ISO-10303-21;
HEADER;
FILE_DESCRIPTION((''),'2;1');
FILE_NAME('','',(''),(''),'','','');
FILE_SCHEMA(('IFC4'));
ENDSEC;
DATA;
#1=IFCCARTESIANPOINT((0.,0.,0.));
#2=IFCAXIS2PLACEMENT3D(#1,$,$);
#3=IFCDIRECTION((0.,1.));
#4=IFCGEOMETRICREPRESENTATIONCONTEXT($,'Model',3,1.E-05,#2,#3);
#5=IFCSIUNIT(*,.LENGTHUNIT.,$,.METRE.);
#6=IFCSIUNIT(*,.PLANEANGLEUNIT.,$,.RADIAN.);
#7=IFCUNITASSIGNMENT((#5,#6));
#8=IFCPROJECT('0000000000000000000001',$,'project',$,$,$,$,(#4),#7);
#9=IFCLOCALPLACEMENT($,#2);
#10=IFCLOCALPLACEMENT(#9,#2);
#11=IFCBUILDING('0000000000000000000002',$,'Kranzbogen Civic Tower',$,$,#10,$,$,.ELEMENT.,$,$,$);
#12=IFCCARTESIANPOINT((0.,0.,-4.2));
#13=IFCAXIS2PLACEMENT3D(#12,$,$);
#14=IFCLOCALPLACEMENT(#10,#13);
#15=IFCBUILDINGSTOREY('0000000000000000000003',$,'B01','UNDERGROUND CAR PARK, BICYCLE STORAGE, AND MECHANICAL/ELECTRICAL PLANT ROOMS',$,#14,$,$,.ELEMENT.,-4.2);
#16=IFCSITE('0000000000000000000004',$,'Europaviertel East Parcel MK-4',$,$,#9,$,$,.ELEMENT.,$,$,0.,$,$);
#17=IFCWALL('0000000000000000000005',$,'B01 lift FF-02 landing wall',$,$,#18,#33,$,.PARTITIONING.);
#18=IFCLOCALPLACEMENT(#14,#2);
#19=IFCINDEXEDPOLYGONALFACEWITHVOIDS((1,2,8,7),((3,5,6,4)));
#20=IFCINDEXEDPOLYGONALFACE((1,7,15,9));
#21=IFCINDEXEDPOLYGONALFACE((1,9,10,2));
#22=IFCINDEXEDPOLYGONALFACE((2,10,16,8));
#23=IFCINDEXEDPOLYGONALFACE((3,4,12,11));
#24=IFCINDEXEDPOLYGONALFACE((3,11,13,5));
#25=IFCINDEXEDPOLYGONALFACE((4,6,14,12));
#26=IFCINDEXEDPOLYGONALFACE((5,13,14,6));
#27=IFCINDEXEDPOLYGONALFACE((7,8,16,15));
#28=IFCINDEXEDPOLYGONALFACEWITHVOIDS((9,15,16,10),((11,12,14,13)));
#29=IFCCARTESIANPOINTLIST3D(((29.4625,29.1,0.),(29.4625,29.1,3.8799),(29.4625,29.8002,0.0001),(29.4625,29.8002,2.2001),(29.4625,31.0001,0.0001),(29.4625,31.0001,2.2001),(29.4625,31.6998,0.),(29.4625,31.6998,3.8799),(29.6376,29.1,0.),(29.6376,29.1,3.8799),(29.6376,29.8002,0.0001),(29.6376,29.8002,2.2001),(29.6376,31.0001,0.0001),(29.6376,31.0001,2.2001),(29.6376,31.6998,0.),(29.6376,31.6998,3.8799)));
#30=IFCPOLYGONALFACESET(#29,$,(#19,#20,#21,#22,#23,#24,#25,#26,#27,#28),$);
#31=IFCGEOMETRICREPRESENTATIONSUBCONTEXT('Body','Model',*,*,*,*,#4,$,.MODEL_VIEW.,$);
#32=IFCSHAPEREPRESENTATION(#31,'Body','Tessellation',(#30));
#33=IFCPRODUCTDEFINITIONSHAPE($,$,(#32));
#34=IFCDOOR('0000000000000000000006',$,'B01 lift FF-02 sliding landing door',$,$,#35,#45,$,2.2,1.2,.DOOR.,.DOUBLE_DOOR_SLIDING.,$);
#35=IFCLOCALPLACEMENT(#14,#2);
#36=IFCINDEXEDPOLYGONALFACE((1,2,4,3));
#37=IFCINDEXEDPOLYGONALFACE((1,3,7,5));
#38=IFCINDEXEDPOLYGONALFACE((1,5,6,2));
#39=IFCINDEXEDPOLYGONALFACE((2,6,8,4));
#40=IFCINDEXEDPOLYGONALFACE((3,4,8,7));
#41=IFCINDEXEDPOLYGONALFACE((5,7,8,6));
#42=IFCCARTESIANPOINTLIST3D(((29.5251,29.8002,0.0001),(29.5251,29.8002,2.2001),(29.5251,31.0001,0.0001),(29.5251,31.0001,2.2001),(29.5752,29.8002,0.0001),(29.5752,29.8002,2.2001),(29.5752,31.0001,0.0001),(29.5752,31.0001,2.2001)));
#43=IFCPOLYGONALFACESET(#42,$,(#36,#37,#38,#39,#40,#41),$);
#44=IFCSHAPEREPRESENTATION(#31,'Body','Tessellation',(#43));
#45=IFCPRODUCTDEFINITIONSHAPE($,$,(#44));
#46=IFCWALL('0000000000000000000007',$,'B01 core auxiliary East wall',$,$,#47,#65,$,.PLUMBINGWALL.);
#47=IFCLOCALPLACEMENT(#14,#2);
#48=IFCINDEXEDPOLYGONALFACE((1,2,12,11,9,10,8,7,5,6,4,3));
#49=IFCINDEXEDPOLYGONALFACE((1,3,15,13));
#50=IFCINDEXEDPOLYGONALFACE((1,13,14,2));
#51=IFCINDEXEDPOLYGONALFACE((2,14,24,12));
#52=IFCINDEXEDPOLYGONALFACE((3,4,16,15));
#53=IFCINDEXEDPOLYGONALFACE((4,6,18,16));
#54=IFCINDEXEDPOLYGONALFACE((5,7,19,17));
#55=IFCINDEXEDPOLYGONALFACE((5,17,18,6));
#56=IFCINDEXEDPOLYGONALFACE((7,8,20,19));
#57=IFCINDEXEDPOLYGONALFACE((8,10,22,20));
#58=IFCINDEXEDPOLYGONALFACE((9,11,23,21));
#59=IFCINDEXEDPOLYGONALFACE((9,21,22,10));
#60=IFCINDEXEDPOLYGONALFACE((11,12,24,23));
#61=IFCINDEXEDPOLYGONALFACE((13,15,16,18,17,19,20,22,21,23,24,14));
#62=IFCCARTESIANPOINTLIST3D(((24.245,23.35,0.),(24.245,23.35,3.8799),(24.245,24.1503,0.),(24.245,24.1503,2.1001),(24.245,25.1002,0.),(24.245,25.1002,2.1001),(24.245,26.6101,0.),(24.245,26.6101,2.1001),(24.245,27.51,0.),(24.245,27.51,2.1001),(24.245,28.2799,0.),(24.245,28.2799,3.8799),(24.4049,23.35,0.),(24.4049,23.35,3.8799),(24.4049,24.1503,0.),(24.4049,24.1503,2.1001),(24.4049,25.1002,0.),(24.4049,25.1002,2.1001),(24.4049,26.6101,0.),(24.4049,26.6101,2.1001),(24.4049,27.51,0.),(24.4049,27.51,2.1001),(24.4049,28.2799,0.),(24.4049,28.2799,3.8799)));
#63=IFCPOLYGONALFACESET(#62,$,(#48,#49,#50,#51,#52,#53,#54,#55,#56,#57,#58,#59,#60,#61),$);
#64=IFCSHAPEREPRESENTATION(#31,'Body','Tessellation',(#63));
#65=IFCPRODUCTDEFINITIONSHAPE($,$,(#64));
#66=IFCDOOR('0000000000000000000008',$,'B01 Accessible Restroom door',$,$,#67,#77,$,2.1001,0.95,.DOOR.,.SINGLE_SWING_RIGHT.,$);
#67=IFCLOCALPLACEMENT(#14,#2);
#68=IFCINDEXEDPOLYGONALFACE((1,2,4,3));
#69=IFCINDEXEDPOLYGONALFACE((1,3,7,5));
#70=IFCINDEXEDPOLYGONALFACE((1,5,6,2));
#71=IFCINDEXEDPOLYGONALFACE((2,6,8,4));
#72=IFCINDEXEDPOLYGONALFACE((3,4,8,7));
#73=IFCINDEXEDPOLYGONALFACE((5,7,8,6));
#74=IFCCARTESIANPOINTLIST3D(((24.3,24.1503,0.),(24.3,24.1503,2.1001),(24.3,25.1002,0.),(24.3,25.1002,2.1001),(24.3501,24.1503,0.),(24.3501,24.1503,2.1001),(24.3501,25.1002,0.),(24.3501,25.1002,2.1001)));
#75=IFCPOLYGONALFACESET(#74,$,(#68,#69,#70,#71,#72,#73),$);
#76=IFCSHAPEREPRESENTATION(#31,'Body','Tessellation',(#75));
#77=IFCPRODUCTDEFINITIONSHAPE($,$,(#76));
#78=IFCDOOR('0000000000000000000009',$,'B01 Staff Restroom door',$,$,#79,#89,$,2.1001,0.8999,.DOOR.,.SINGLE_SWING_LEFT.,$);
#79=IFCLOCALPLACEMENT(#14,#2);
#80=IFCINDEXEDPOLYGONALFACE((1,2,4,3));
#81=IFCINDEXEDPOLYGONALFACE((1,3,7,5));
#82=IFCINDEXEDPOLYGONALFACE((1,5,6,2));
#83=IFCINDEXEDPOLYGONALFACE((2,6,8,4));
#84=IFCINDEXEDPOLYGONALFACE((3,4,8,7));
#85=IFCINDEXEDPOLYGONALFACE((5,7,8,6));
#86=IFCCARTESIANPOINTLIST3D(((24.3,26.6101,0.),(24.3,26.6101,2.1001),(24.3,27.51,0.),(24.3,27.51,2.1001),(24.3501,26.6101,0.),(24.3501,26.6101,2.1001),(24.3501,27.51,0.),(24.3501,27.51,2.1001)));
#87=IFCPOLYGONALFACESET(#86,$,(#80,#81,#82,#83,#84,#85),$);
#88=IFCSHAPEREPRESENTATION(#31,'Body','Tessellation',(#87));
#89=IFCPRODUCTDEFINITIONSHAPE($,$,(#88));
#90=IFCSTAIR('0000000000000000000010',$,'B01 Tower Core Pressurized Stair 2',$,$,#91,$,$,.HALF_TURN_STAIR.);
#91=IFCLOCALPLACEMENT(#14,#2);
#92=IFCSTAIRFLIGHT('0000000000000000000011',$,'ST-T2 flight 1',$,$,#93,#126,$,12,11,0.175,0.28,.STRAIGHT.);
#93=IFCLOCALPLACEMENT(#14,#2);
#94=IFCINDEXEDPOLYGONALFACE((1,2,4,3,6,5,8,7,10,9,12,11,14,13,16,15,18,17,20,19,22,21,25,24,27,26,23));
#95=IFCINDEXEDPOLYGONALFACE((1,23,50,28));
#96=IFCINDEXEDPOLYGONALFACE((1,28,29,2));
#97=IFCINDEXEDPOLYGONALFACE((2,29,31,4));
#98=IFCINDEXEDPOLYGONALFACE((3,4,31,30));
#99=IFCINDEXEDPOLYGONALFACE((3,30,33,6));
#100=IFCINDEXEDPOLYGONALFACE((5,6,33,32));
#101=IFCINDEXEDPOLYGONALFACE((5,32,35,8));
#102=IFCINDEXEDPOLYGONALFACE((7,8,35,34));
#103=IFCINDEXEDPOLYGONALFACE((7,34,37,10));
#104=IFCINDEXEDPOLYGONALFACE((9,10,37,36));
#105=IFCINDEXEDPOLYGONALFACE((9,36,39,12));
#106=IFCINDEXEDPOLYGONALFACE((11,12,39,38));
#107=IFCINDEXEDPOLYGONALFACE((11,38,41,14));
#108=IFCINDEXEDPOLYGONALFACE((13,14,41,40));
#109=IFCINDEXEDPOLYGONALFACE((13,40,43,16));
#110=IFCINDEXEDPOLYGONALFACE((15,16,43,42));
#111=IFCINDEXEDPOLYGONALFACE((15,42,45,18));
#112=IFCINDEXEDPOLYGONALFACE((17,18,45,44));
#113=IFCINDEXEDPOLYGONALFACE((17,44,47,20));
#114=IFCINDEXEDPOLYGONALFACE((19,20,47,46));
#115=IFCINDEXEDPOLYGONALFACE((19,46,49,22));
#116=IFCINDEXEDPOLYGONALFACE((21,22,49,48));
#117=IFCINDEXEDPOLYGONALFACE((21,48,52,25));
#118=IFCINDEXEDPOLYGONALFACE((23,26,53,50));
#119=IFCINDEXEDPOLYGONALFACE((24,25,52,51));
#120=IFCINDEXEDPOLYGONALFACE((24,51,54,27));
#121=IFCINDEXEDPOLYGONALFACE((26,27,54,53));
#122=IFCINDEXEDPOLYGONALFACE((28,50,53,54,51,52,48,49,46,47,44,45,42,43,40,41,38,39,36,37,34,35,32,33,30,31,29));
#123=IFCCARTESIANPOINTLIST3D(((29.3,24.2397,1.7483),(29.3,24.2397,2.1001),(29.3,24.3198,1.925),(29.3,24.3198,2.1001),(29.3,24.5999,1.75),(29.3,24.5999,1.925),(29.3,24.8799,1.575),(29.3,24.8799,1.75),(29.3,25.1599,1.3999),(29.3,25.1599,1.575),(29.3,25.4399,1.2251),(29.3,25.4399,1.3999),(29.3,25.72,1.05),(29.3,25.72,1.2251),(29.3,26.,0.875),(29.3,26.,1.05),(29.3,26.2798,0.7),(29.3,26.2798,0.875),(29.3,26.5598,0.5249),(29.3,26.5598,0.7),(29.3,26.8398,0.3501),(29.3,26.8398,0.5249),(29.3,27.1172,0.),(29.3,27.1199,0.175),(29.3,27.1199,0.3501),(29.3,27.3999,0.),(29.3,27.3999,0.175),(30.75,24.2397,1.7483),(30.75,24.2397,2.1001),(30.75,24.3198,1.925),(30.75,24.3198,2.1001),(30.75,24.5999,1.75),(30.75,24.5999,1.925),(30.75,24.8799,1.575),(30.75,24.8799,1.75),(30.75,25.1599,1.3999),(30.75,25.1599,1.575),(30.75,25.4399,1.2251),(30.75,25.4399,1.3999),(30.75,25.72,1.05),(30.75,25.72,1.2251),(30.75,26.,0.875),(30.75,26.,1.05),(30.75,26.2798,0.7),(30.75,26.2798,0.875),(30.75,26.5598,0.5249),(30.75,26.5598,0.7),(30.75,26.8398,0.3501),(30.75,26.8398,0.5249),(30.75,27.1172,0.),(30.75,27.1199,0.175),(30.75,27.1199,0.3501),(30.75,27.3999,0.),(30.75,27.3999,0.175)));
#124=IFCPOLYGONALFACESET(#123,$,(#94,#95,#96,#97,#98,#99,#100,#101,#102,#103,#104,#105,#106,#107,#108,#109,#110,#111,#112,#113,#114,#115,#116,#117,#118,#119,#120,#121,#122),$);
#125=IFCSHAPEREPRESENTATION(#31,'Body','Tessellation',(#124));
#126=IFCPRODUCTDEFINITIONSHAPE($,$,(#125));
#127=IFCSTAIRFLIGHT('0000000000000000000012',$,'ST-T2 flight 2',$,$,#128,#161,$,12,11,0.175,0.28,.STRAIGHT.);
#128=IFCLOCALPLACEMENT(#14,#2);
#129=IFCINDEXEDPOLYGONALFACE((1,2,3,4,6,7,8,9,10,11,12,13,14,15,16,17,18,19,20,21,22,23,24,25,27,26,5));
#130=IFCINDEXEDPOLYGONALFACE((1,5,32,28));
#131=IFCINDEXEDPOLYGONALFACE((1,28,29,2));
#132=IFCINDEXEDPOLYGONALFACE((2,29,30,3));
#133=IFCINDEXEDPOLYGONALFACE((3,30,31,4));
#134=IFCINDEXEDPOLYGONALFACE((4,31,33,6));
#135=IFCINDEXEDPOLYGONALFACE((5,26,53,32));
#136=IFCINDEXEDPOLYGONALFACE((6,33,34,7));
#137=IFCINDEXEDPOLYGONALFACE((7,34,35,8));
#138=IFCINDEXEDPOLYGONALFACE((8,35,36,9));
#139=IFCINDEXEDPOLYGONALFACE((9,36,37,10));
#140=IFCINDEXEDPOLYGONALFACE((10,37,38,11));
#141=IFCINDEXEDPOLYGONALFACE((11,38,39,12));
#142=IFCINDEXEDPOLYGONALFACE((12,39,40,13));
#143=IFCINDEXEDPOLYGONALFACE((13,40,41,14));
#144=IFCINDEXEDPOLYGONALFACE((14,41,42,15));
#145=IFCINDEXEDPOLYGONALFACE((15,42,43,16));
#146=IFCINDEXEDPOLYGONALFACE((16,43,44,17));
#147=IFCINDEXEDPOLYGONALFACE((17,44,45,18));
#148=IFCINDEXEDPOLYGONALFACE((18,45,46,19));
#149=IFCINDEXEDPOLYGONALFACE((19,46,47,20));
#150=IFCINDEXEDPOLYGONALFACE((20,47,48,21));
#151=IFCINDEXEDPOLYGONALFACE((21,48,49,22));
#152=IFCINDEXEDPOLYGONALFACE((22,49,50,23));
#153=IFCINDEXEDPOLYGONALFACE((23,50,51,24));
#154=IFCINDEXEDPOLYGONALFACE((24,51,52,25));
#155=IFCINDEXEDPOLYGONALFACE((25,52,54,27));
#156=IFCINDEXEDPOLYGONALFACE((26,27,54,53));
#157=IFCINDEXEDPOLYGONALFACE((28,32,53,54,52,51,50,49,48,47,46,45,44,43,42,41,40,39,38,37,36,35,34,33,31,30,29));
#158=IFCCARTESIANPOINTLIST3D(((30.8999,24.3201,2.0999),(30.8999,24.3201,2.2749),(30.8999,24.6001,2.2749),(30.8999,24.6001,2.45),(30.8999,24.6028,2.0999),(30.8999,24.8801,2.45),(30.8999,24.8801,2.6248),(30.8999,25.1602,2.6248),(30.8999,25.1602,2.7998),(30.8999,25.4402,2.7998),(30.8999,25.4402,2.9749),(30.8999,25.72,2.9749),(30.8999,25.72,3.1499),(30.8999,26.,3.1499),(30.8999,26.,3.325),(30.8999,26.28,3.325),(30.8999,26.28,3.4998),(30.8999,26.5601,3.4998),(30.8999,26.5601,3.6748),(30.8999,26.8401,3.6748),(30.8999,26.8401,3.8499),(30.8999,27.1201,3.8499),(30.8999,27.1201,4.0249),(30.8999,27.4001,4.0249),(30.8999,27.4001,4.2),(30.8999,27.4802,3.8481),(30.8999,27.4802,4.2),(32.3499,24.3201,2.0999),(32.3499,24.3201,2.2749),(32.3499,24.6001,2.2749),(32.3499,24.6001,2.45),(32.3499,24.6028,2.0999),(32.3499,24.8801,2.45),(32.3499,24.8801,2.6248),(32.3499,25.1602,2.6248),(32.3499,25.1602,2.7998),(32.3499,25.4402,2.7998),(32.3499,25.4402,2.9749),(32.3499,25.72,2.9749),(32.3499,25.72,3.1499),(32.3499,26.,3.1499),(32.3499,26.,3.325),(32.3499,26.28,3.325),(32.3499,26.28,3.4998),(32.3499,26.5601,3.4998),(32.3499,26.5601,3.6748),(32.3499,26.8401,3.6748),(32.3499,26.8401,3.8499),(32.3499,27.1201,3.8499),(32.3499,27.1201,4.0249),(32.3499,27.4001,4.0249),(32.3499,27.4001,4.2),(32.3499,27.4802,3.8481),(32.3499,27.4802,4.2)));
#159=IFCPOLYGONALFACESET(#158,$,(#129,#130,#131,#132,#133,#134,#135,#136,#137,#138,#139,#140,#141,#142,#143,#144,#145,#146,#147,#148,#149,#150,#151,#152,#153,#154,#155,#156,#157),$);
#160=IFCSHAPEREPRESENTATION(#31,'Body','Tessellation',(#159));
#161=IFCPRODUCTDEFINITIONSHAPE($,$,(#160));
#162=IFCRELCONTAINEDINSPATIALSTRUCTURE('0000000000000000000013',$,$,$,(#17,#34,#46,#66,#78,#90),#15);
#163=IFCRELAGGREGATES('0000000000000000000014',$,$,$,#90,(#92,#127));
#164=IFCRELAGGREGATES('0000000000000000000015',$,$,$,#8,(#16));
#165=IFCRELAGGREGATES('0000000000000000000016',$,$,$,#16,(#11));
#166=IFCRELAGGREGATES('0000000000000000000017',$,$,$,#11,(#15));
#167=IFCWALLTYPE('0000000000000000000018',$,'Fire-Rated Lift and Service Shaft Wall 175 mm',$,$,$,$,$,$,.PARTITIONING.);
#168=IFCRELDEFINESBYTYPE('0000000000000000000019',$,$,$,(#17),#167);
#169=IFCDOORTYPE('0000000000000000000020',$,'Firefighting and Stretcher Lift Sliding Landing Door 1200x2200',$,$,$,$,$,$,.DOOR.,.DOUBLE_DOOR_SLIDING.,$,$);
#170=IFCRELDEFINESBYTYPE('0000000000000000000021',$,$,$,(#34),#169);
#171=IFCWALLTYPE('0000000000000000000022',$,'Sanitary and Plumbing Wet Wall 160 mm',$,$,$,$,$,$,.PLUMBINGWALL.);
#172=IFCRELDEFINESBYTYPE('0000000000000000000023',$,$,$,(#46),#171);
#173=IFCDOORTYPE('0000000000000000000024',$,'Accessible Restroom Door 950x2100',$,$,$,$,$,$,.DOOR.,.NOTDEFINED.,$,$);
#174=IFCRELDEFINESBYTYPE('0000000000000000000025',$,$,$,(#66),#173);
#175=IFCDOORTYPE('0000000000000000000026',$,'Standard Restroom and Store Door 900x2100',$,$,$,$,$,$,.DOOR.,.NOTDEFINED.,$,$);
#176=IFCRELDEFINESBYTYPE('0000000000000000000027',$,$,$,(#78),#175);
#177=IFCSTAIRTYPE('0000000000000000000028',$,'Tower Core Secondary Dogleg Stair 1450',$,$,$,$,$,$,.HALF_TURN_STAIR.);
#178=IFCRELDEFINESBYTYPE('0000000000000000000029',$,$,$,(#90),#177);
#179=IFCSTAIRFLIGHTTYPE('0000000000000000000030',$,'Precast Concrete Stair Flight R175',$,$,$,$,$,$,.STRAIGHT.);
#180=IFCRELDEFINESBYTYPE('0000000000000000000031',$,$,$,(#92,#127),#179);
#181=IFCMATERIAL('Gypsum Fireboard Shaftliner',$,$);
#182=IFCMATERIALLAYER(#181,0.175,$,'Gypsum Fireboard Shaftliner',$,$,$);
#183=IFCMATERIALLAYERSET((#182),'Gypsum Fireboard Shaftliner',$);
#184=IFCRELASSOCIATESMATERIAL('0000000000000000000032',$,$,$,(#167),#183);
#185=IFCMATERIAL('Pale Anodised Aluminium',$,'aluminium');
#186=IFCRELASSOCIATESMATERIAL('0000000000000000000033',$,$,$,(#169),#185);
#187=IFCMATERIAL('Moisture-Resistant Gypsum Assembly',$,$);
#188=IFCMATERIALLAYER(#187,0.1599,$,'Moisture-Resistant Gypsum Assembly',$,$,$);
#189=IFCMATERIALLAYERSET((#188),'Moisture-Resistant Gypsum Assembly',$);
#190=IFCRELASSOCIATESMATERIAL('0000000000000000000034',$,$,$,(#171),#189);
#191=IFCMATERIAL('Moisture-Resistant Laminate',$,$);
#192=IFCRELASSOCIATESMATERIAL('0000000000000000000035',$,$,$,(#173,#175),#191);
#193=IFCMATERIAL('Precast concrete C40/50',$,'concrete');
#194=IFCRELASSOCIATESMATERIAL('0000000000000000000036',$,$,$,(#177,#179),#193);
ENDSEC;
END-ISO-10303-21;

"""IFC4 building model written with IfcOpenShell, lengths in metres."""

from ifc_helpers import new_model, si_unit, direction, frame, frame_2d, origin, place, context, subcontext, project, spatial, polyline, rectangle, outline, extrude, material, layer, layer_set, type_object, element, fill, aggregate, save


model = new_model("IFC4")

# Units and contexts
model_context = context("Model", 3, precision=1e-05, world=origin(), true_north=direction((0.0, 1.0)))
body_context = subcontext(model_context, "Body", "Model", "MODEL_VIEW")
ifc_project = project(units=[si_unit("LENGTHUNIT", "METRE"), si_unit("PLANEANGLEUNIT", "RADIAN")], contexts=[model_context])

# Site, building, storey
site_placement = place(None, origin())
site = spatial("IfcSite", under=ifc_project, at=site_placement, Name="Europaviertel East Parcel MK-4", CompositionType="ELEMENT", RefElevation=0.0)
building_placement = place(site_placement, origin())
building = spatial("IfcBuilding", under=site, at=building_placement, Name="Kranzbogen Civic Tower", CompositionType="ELEMENT")
storey_placement = place(building_placement, frame((0.0, 0.0, -4.2)))
storey = spatial("IfcBuildingStorey", under=building, at=storey_placement, Name="B01", Description="UNDERGROUND CAR PARK, BICYCLE STORAGE, AND MECHANICAL/ELECTRICAL PLANT ROOMS", CompositionType="ELEMENT", Elevation=-4.2)

# Wall, opening, door
ifc_material_1 = material(Name="Gypsum Fireboard Shaftliner")
ifc_layer_1 = layer(ifc_material_1, 0.175, Name="Gypsum Fireboard Shaftliner")
ifc_layer_set_1 = layer_set([ifc_layer_1], Name="Gypsum Fireboard Shaftliner")
wall_type_1 = type_object("IfcWallType", Name="Fire-Rated Lift and Service Shaft Wall 175 mm", PredefinedType="PARTITIONING", material=ifc_layer_set_1)
wall_1_placement = place(storey_placement, frame((29.55, 29.1001, 0.0), z_axis=(0.0, 0.0, 1.0), x_axis=(0.0, 1.0, 0.0)))
wall_1 = element("IfcWall", 1, at=wall_1_placement, inside=storey, type_object=wall_type_1, Name="B01 lift FF-02 landing wall", PredefinedType="PARTITIONING", context=body_context, shape_type="SweptSolid", body=[
    extrude(rectangle(XDim=2.5999, YDim=0.175, at=frame_2d((1.2998, 0.0))), origin(), (0.0, 0.0, 1.0), 3.8799),
])
opening_1_placement = place(wall_1_placement, frame((0.7, 0.0, 0.0)))
opening_1 = element("IfcOpeningElement", 2, at=opening_1_placement, cuts=wall_1, PredefinedType="OPENING", context=body_context, shape_type="SweptSolid", body=[
    extrude(rectangle(XDim=1.2, YDim=2.2, at=frame_2d((0.6001, 1.1001))), frame((0.0, 0.0977, 0.0), z_axis=(0.0, -1.0, 0.0), x_axis=(1.0, 0.0, 0.0)), (0.0, 0.0, 1.0), 0.1951),
])
ifc_material_2 = material(Name="Pale Anodised Aluminium", Category="aluminium")
door_type_1 = type_object("IfcDoorType", Name="Firefighting and Stretcher Lift Sliding Landing Door 1200x2200", OperationType="DOUBLE_DOOR_SLIDING", PredefinedType="DOOR", material=ifc_material_2)
door_1_placement = place(opening_1_placement, origin())
door_1 = element("IfcDoor", 3, at=door_1_placement, inside=storey, type_object=door_type_1, Name="B01 lift FF-02 sliding landing door", OperationType="DOUBLE_DOOR_SLIDING", OverallHeight=2.2, OverallWidth=1.2, PredefinedType="DOOR", context=body_context, shape_type="SweptSolid", body=[
    extrude(rectangle(XDim=1.2, YDim=2.2, at=frame_2d((0.6001, 1.1001))), frame((0.0, 0.0249, 0.0), z_axis=(0.0, -1.0, 0.0), x_axis=(1.0, 0.0, 0.0)), (0.0, 0.0, 1.0), 0.05),
])
fill(opening_1, door_1)

# Wall, openings, doors
ifc_material_3 = material(Name="Moisture-Resistant Gypsum Assembly")
ifc_layer_2 = layer(ifc_material_3, 0.1599, Name="Moisture-Resistant Gypsum Assembly")
ifc_layer_set_2 = layer_set([ifc_layer_2], Name="Moisture-Resistant Gypsum Assembly")
wall_type_2 = type_object("IfcWallType", Name="Sanitary and Plumbing Wet Wall 160 mm", PredefinedType="PLUMBINGWALL", material=ifc_layer_set_2)
wall_2_placement = place(storey_placement, frame((24.325, 23.3501, 0.0), z_axis=(0.0, 0.0, 1.0), x_axis=(0.0, 1.0, 0.0)))
wall_2 = element("IfcWall", 4, at=wall_2_placement, inside=storey, type_object=wall_type_2, Name="B01 core auxiliary East wall", PredefinedType="PLUMBINGWALL", context=body_context, shape_type="SweptSolid", body=[
    extrude(rectangle(XDim=4.9299, YDim=0.1599, at=frame_2d((2.4648, 0.0))), origin(), (0.0, 0.0, 1.0), 3.8799),
])
opening_2_placement = place(wall_2_placement, frame((0.8, 0.0, 0.0)))
opening_2 = element("IfcOpeningElement", 5, at=opening_2_placement, cuts=wall_2, PredefinedType="OPENING", context=body_context, shape_type="SweptSolid", body=[
    extrude(rectangle(XDim=0.95, YDim=2.1001, at=frame_2d((0.4751, 1.05))), frame((0.0, 0.0898, 0.0), z_axis=(0.0, -1.0, 0.0), x_axis=(1.0, 0.0, 0.0)), (0.0, 0.0, 1.0), 0.1799),
])
opening_3_placement = place(wall_2_placement, frame((3.26, 0.0, 0.0)))
opening_3 = element("IfcOpeningElement", 6, at=opening_3_placement, cuts=wall_2, PredefinedType="OPENING", context=body_context, shape_type="SweptSolid", body=[
    extrude(rectangle(XDim=0.8999, YDim=2.1001, at=frame_2d((0.45, 1.05))), frame((0.0, 0.0898, 0.0), z_axis=(0.0, -1.0, 0.0), x_axis=(1.0, 0.0, 0.0)), (0.0, 0.0, 1.0), 0.1799),
])
ifc_material_4 = material(Name="Moisture-Resistant Laminate")
door_type_2 = type_object("IfcDoorType", Name="Accessible Restroom Door 950x2100", OperationType="NOTDEFINED", PredefinedType="DOOR", material=ifc_material_4)
door_2_placement = place(opening_2_placement, origin())
door_2 = element("IfcDoor", 7, at=door_2_placement, inside=storey, type_object=door_type_2, Name="B01 Accessible Restroom door", OperationType="SINGLE_SWING_RIGHT", OverallHeight=2.1001, OverallWidth=0.95, PredefinedType="DOOR", context=body_context, shape_type="SweptSolid", body=[
    extrude(rectangle(XDim=0.95, YDim=2.1001, at=frame_2d((0.4751, 1.05))), frame((0.0, 0.0249, 0.0), z_axis=(0.0, -1.0, 0.0), x_axis=(1.0, 0.0, 0.0)), (0.0, 0.0, 1.0), 0.05),
])
fill(opening_2, door_2)
door_type_3 = type_object("IfcDoorType", Name="Standard Restroom and Store Door 900x2100", OperationType="NOTDEFINED", PredefinedType="DOOR", material=ifc_material_4)
door_3_placement = place(opening_3_placement, origin())
door_3 = element("IfcDoor", 8, at=door_3_placement, inside=storey, type_object=door_type_3, Name="B01 Staff Restroom door", OperationType="SINGLE_SWING_LEFT", OverallHeight=2.1001, OverallWidth=0.8999, PredefinedType="DOOR", context=body_context, shape_type="SweptSolid", body=[
    extrude(rectangle(XDim=0.8999, YDim=2.1001, at=frame_2d((0.45, 1.05))), frame((0.0, 0.0249, 0.0), z_axis=(0.0, -1.0, 0.0), x_axis=(1.0, 0.0, 0.0)), (0.0, 0.0, 1.0), 0.05),
])
fill(opening_3, door_3)

# Stair, stair flights
ifc_material_5 = material(Name="Precast concrete C40/50", Category="concrete")
stair_type = type_object("IfcStairType", Name="Tower Core Secondary Dogleg Stair 1450", PredefinedType="HALF_TURN_STAIR", material=ifc_material_5)
stair_placement = place(storey_placement, origin())
stair = element("IfcStair", 9, at=stair_placement, inside=storey, type_object=stair_type, Name="B01 Tower Core Pressurized Stair 2", PredefinedType="HALF_TURN_STAIR")
stair_flight_type = type_object("IfcStairFlightType", Name="Precast Concrete Stair Flight R175", PredefinedType="STRAIGHT", material=ifc_material_5)
stair_flight_1_placement = place(storey_placement, frame((30.0249, 27.3999, 0.0), z_axis=(0.0, 0.0, 1.0), x_axis=(0.0, -1.0, 0.0)))
stair_flight_1 = element("IfcStairFlight", 10, at=stair_flight_1_placement, type_object=stair_flight_type, Name="ST-T2 flight 1", NumberOfRisers=12, NumberOfTreads=11, PredefinedType="STRAIGHT", RiserHeight=0.175, TreadLength=0.28, context=body_context, shape_type="SweptSolid", body=[
    extrude(outline(polyline([(0.0, 0.0), (0.0, 0.175), (0.28, 0.175), (0.28, 0.3501), (0.5601, 0.3501), (0.5601, 0.5249), (0.8401, 0.5249), (0.8401, 0.7), (1.1201, 0.7), (1.1201, 0.875), (1.3999, 0.875), (1.3999, 1.05), (1.6799, 1.05), (1.6799, 1.2251), (1.96, 1.2251), (1.96, 1.3999), (2.24, 1.3999), (2.24, 1.575), (2.52, 1.575), (2.52, 1.75), (2.8, 1.75), (2.8, 1.925), (3.0801, 1.925), (3.0801, 2.1001), (3.1602, 2.1001), (3.1602, 1.7483), (0.2827, 0.0), (0.0, 0.0)])), frame((0.0, 0.7251, 0.0), z_axis=(0.0, -1.0, 0.0), x_axis=(1.0, 0.0, 0.0)), (0.0, 0.0, 1.0), 1.45),
])
stair_flight_2_placement = place(storey_placement, frame((31.625, 24.3201, 2.0999), z_axis=(0.0, 0.0, 1.0), x_axis=(0.0, 1.0, 0.0)))
stair_flight_2 = element("IfcStairFlight", 11, at=stair_flight_2_placement, type_object=stair_flight_type, Name="ST-T2 flight 2", NumberOfRisers=12, NumberOfTreads=11, PredefinedType="STRAIGHT", RiserHeight=0.175, TreadLength=0.28, context=body_context, shape_type="SweptSolid", body=[
    extrude(outline(polyline([(0.0, 0.0), (0.0, 0.175), (0.28, 0.175), (0.28, 0.3501), (0.5601, 0.3501), (0.5601, 0.5249), (0.8401, 0.5249), (0.8401, 0.7), (1.1201, 0.7), (1.1201, 0.875), (1.3999, 0.875), (1.3999, 1.05), (1.6799, 1.05), (1.6799, 1.2251), (1.96, 1.2251), (1.96, 1.3999), (2.24, 1.3999), (2.24, 1.575), (2.52, 1.575), (2.52, 1.75), (2.8, 1.75), (2.8, 1.925), (3.0801, 1.925), (3.0801, 2.1001), (3.1602, 2.1001), (3.1602, 1.7483), (0.2827, 0.0), (0.0, 0.0)])), frame((0.0, 0.7251, 0.0), z_axis=(0.0, -1.0, 0.0), x_axis=(1.0, 0.0, 0.0)), (0.0, 0.0, 1.0), 1.45),
])
aggregate(stair, [stair_flight_1, stair_flight_2])

save(model, "model.ifc")
